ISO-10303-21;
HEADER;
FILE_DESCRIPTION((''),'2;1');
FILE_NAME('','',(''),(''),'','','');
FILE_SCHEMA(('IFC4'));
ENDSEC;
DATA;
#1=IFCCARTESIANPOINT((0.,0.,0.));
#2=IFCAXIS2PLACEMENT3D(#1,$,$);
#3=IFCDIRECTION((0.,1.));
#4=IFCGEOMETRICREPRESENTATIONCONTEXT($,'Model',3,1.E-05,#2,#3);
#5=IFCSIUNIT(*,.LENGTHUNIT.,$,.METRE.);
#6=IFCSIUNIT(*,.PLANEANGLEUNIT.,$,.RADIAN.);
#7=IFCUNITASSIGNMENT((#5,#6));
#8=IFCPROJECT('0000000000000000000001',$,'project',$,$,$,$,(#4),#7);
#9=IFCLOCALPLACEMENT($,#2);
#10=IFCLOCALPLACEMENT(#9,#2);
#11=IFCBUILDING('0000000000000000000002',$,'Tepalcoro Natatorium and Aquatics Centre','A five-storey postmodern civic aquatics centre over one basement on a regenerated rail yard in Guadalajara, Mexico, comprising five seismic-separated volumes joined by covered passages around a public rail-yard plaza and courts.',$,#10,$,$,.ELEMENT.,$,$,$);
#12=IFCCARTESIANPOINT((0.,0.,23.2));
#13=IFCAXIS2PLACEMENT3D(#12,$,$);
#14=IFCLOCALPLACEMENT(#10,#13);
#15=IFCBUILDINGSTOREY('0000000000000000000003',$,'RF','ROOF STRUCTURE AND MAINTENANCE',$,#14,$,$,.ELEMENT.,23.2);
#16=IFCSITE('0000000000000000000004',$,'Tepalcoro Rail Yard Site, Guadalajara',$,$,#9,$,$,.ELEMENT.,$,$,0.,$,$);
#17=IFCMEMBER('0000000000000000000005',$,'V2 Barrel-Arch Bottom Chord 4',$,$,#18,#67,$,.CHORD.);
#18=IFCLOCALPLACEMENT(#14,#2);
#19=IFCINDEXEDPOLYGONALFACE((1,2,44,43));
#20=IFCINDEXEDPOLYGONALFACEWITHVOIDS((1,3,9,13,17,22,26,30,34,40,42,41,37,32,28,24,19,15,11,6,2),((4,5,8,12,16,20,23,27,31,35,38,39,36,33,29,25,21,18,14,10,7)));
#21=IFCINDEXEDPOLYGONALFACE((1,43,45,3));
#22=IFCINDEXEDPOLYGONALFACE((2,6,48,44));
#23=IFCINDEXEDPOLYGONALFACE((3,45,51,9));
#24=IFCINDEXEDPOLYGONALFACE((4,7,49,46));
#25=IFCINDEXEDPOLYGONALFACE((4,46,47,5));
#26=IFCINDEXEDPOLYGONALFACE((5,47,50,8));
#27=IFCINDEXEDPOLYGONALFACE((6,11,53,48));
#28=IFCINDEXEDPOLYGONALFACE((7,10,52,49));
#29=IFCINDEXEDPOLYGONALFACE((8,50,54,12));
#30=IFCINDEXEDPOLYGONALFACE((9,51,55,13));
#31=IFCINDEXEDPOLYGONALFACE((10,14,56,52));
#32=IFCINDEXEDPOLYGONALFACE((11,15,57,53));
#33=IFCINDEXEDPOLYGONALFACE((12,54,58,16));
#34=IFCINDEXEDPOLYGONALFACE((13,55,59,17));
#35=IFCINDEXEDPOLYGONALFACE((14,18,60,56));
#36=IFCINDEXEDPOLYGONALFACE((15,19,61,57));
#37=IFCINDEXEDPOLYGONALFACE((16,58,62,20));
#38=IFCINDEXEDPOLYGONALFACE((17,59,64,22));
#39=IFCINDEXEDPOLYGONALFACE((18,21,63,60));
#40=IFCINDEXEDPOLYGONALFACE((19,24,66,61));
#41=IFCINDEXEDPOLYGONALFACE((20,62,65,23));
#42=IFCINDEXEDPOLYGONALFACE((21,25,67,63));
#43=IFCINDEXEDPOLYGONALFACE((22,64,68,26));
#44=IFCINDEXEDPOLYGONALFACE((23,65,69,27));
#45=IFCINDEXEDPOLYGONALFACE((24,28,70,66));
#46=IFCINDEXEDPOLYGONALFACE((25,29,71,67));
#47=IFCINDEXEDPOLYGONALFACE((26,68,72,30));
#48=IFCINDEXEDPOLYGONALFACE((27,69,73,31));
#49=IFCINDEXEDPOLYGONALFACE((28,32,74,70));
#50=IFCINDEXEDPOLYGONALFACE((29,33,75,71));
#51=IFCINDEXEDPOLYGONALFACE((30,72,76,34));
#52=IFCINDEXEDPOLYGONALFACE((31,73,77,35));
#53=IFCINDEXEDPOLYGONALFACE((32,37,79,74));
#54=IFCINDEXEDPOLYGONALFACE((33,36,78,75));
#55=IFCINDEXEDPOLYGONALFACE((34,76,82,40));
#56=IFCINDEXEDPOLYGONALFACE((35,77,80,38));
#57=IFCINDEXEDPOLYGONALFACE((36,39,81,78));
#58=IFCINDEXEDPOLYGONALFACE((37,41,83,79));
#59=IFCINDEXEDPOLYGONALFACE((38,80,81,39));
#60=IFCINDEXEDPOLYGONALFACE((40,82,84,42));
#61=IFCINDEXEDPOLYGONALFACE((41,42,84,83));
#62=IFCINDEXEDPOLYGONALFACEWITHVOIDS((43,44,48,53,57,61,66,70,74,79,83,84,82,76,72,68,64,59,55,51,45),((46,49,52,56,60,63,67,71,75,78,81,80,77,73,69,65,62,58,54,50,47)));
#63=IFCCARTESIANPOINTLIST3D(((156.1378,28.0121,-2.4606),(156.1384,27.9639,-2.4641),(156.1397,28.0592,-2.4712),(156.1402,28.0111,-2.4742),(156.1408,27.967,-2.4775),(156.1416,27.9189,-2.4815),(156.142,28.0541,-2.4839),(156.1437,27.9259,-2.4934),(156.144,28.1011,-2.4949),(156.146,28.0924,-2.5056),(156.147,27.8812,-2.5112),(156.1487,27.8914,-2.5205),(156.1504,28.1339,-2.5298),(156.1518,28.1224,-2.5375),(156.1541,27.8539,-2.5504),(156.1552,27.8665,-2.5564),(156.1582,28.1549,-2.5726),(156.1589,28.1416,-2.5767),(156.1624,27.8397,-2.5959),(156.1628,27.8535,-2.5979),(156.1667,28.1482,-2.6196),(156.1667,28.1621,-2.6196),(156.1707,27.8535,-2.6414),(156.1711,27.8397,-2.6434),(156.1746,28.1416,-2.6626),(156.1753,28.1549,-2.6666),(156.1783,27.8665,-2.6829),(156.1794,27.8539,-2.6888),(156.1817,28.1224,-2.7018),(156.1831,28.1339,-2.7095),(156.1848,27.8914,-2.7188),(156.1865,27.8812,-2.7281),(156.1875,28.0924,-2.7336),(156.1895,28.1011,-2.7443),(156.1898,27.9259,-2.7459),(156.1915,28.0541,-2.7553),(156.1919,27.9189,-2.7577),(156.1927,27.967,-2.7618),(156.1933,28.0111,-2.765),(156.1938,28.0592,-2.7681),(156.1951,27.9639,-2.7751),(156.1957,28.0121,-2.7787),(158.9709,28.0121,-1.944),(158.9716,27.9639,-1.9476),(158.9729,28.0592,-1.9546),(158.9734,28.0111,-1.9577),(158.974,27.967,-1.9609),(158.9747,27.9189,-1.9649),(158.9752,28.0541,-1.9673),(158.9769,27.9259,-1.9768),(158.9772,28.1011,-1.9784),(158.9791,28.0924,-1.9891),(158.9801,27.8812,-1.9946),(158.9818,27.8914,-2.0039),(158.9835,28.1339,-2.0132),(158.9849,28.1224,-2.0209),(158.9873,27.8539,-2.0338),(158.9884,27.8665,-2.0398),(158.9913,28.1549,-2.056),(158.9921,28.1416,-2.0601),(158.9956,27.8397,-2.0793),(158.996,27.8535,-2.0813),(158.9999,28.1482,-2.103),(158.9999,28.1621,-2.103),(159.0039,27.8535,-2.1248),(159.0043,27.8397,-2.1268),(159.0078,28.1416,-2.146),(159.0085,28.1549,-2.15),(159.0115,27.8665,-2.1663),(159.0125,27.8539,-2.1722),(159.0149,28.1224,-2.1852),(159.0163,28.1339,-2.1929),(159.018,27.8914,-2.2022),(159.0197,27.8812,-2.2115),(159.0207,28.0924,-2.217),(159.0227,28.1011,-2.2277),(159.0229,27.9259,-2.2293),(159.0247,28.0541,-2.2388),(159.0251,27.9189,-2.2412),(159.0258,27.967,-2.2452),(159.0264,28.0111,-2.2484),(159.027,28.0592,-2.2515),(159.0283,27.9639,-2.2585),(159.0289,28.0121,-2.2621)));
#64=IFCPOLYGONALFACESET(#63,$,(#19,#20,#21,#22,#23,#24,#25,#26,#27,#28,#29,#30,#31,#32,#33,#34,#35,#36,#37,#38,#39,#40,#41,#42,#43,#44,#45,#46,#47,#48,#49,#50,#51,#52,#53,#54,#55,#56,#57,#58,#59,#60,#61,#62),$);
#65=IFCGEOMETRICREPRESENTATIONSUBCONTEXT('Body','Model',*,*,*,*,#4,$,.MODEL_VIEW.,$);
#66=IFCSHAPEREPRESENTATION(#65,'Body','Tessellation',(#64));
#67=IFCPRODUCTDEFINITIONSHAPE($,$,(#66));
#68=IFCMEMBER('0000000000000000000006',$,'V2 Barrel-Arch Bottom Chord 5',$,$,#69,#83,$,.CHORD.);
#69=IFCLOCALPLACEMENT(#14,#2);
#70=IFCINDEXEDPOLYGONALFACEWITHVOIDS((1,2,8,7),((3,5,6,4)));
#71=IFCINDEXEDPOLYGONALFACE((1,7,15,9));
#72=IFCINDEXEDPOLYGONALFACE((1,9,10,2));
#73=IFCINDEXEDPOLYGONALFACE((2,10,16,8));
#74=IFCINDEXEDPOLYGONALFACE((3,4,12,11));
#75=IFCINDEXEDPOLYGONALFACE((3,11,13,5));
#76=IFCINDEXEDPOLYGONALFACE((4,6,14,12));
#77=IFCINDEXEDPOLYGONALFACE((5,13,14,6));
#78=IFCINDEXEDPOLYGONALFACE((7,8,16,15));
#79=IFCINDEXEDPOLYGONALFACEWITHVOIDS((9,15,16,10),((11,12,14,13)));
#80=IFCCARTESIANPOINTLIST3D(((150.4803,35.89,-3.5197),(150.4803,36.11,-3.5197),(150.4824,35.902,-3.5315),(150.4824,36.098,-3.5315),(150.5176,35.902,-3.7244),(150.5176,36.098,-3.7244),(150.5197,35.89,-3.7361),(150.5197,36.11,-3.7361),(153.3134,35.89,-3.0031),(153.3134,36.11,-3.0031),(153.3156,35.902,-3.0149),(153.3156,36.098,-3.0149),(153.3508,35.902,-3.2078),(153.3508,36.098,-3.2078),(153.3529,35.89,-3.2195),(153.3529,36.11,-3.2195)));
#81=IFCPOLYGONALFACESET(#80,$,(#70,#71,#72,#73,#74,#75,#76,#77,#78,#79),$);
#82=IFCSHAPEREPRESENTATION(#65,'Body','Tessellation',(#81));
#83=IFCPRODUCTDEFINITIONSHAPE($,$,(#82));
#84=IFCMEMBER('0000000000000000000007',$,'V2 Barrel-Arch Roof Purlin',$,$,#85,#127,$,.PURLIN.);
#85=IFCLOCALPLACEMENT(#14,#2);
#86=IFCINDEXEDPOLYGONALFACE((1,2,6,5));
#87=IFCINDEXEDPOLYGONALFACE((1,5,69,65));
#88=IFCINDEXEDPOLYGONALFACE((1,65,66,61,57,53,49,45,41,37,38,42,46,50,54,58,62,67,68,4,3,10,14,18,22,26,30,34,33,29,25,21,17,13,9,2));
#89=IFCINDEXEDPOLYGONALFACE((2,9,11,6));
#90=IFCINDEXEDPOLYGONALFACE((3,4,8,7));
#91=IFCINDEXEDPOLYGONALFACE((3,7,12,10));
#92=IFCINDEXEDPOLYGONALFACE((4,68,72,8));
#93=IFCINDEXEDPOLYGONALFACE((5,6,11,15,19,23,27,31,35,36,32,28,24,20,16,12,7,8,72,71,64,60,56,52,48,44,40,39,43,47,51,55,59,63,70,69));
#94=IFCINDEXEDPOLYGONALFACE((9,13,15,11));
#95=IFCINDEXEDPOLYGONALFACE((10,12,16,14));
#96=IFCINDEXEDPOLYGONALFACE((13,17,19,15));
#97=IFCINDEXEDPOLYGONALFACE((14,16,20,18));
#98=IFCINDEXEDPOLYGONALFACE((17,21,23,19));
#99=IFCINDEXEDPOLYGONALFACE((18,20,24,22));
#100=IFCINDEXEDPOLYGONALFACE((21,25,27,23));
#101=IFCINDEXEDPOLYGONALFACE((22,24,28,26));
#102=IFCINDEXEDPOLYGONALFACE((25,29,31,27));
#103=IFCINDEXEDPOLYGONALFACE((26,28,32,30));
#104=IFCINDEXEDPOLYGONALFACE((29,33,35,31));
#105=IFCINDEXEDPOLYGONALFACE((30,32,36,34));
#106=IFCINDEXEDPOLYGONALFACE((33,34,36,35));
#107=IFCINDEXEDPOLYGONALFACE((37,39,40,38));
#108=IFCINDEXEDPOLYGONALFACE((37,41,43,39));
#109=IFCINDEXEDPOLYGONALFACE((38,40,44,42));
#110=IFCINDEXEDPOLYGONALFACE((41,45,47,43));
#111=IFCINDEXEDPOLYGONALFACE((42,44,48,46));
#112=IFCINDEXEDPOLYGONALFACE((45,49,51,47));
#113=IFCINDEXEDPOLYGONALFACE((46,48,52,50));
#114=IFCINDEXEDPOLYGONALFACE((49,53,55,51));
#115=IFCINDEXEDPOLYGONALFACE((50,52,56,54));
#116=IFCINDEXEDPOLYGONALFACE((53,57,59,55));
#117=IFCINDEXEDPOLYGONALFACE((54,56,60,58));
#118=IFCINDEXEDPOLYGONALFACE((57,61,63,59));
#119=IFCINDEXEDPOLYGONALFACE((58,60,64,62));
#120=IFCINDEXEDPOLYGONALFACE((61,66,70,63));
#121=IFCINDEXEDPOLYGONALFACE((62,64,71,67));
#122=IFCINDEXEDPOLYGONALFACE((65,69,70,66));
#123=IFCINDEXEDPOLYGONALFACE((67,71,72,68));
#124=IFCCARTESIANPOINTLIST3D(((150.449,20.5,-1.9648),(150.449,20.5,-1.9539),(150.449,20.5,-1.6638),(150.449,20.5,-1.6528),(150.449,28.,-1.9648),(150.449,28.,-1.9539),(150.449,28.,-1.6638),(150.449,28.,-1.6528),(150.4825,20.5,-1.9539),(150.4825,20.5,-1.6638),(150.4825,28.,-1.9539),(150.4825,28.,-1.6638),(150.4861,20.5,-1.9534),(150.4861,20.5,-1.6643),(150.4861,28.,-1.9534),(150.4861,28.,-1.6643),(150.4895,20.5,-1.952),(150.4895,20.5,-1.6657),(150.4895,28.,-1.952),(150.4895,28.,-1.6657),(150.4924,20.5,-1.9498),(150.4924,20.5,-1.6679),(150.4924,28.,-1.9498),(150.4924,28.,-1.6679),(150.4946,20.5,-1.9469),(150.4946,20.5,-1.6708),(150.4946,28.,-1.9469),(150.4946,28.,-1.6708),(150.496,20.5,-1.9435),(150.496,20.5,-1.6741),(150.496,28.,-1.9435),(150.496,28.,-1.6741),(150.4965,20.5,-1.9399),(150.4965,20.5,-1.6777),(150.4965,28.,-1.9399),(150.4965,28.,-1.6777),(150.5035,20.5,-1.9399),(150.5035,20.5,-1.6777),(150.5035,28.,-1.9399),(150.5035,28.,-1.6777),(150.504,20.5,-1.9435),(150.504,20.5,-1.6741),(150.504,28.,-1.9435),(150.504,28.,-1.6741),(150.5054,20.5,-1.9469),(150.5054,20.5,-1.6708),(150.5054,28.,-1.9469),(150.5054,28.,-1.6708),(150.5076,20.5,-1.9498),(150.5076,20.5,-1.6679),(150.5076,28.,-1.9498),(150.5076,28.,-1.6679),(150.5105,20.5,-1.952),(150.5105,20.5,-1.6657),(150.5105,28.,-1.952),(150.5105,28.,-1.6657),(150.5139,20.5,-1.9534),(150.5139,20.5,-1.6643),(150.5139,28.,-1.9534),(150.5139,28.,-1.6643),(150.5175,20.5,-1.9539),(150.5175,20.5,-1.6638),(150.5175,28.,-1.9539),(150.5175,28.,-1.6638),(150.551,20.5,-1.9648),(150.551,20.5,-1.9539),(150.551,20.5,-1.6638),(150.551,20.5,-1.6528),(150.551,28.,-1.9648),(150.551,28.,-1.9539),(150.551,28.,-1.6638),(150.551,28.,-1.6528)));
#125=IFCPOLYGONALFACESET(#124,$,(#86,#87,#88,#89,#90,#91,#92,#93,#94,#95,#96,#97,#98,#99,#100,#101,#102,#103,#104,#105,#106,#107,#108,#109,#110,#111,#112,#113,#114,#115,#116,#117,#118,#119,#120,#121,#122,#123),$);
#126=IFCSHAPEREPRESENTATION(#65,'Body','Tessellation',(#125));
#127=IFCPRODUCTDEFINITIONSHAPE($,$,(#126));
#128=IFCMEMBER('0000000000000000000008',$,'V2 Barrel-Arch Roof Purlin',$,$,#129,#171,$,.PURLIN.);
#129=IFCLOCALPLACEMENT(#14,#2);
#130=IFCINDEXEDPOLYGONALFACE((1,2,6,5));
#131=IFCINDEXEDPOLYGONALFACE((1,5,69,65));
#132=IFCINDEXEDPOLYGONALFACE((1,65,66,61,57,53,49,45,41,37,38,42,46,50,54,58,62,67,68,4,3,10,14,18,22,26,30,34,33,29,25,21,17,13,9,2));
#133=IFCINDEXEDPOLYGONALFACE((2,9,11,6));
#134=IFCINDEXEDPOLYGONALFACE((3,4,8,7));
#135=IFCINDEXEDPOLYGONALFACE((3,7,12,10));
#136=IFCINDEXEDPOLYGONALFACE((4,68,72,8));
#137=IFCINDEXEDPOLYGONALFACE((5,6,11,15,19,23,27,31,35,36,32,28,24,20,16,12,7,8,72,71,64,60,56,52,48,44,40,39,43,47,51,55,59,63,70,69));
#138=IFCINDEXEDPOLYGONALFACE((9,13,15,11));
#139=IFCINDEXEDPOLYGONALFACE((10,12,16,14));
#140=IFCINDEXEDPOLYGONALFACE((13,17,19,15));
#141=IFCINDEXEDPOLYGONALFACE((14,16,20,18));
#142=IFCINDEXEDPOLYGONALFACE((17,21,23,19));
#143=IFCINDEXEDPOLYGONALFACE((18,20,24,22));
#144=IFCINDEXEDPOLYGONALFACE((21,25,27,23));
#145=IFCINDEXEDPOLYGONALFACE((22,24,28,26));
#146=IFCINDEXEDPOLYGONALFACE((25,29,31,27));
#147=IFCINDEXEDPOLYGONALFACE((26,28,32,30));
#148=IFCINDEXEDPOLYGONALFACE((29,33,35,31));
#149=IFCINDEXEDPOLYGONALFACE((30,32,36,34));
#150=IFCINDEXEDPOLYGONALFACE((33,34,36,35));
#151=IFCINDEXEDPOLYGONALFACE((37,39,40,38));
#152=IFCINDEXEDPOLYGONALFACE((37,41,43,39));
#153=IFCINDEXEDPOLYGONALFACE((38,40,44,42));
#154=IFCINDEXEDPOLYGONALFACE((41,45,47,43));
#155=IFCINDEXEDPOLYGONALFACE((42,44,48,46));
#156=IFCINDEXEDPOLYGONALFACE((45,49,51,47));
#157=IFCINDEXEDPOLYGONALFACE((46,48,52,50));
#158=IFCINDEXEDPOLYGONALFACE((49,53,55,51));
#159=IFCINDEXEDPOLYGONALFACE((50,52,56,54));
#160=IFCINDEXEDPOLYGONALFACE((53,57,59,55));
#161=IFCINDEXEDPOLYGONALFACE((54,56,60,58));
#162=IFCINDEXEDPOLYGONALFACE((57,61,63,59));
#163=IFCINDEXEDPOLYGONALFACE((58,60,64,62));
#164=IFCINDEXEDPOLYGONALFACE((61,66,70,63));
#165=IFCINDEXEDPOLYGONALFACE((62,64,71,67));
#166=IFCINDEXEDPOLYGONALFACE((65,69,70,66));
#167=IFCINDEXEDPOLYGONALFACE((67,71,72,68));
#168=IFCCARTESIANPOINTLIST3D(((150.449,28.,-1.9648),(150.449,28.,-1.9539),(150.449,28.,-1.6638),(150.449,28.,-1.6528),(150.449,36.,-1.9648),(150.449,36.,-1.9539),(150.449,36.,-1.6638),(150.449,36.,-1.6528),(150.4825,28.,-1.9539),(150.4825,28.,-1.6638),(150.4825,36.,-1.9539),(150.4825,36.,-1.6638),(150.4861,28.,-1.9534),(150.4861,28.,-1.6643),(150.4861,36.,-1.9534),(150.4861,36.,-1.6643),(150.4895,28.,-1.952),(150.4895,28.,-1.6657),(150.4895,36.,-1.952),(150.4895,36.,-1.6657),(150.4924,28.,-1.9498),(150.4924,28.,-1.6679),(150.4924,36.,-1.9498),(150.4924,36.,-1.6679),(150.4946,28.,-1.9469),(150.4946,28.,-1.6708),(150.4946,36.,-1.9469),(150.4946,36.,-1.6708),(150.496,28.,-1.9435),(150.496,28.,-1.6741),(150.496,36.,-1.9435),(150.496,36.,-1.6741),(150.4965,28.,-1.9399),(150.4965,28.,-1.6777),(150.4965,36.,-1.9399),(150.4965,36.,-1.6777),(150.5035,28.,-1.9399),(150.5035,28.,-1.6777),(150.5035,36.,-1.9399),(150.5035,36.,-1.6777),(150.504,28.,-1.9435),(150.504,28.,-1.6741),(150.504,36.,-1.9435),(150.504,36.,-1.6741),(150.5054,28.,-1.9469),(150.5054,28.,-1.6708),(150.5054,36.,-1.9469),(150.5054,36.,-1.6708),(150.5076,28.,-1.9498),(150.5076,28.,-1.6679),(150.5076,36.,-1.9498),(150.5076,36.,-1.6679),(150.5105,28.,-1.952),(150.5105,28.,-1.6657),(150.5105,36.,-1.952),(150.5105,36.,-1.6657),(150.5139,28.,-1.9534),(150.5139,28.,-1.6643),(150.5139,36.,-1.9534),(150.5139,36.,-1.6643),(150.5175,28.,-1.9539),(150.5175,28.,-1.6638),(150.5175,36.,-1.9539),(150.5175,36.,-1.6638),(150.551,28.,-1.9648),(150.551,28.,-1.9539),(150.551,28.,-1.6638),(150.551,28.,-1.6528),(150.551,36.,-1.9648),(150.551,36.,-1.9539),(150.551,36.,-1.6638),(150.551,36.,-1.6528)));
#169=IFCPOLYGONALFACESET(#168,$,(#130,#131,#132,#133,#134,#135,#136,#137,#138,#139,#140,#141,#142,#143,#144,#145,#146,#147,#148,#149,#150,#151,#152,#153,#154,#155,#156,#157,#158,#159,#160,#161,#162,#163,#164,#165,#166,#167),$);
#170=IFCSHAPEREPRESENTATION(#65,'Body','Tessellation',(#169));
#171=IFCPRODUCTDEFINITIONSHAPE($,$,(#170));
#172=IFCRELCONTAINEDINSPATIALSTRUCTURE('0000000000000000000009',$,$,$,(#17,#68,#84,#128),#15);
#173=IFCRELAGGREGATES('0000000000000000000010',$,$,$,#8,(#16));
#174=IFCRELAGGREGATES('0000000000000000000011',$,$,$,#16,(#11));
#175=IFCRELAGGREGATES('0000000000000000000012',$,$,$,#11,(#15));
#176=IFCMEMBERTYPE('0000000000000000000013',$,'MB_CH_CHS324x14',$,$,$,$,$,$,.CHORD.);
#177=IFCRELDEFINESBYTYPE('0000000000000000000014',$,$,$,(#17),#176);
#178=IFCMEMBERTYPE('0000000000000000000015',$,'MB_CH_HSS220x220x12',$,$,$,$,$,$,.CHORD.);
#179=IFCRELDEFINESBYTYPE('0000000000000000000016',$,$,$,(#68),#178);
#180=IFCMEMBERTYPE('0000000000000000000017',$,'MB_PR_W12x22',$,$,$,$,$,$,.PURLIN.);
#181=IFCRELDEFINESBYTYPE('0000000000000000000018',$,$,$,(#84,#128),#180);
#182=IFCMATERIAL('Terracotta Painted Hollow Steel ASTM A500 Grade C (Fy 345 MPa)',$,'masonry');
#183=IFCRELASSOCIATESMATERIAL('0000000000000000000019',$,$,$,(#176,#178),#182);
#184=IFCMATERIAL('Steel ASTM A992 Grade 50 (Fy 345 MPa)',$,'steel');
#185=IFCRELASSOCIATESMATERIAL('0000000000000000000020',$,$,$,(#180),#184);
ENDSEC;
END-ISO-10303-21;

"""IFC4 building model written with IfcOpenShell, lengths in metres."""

from ifc_helpers import new_model, si_unit, direction, frame, origin, origin_2d, place, context, subcontext, project, spatial, hollow_rectangle, hollow_circle, i_section, extrude, material, material_profile, profile_set, type_object, element, save


model = new_model("IFC4")

# Units and contexts
model_context = context("Model", 3, precision=1e-05, world=origin(), true_north=direction((0.0, 1.0)))
body_context = subcontext(model_context, "Body", "Model", "MODEL_VIEW")
ifc_project = project(units=[si_unit("LENGTHUNIT", "METRE"), si_unit("PLANEANGLEUNIT", "RADIAN")], contexts=[model_context])

# Site, building, storey
site_placement = place(None, origin())
site = spatial("IfcSite", under=ifc_project, at=site_placement, Name="Tepalcoro Rail Yard Site, Guadalajara", CompositionType="ELEMENT", RefElevation=0.0)
building_placement = place(site_placement, origin())
building = spatial("IfcBuilding", under=site, at=building_placement, Name="Tepalcoro Natatorium and Aquatics Centre", Description="A five-storey postmodern civic aquatics centre over one basement on a regenerated rail yard in Guadalajara, Mexico, comprising five seismic-separated volumes joined by covered passages around a public rail-yard plaza and courts.", CompositionType="ELEMENT")
storey_placement = place(building_placement, frame((0.0, 0.0, 23.2)))
storey = spatial("IfcBuildingStorey", under=building, at=storey_placement, Name="RF", Description="ROOF STRUCTURE AND MAINTENANCE", CompositionType="ELEMENT", Elevation=23.2)

# Shared definitions
ifc_material_1 = material(Name="Terracotta Painted Hollow Steel ASTM A500 Grade C (Fy 345 MPa)", Category="masonry")

# Members
ifc_material_profile_1 = material_profile(ifc_material_1, hollow_circle(Radius=0.1621, WallThickness=0.0139, at=origin_2d()), Name="CHS324X14")
ifc_profile_set_1 = profile_set([ifc_material_profile_1], Name="Terracotta Painted Hollow Steel ASTM A500 Grade C (Fy 345 MPa)")
member_type_1 = type_object("IfcMemberType", Name="MB_CH_CHS324x14", PredefinedType="CHORD", material=ifc_profile_set_1)
member_1_placement = place(storey_placement, frame((156.1667, 28.0, -2.6196), z_axis=(0.98378, 0.0, 0.179378), x_axis=(0.0, 1.0, 0.0)))
element("IfcMember", 1, at=member_1_placement, inside=storey, type_object=member_type_1, Name="V2 Barrel-Arch Bottom Chord 4", PredefinedType="CHORD", context=body_context, shape_type="SweptSolid", body=[
    extrude(hollow_circle(Radius=0.1621, WallThickness=0.0139, at=origin_2d()), origin(), (0.0, 0.0, 1.0), 2.8799),
])
ifc_material_profile_2 = material_profile(ifc_material_1, hollow_rectangle(XDim=0.22, YDim=0.22, WallThickness=0.012, at=origin_2d()), Name="HSS220X220X12")
ifc_profile_set_2 = profile_set([ifc_material_profile_2], Name="Terracotta Painted Hollow Steel ASTM A500 Grade C (Fy 345 MPa)")
member_type_2 = type_object("IfcMemberType", Name="MB_CH_HSS220x220x12", PredefinedType="CHORD", material=ifc_profile_set_2)
member_2_placement = place(storey_placement, frame((150.5, 36.0, -3.6279), z_axis=(0.98378, 0.0, 0.179378), x_axis=(0.0, 1.0, 0.0)))
element("IfcMember", 2, at=member_2_placement, inside=storey, type_object=member_type_2, Name="V2 Barrel-Arch Bottom Chord 5", PredefinedType="CHORD", context=body_context, shape_type="SweptSolid", body=[
    extrude(hollow_rectangle(XDim=0.22, YDim=0.22, WallThickness=0.012, at=origin_2d()), origin(), (0.0, 0.0, 1.0), 2.8799),
])
ifc_material_2 = material(Name="Steel ASTM A992 Grade 50 (Fy 345 MPa)", Category="steel")
ifc_material_profile_3 = material_profile(ifc_material_2, i_section(OverallWidth=0.1021, OverallDepth=0.312, WebThickness=0.0071, FlangeThickness=0.011, FilletRadius=0.0139, at=origin_2d()), Name="W12X22")
ifc_profile_set_3 = profile_set([ifc_material_profile_3], Name="Steel ASTM A992 Grade 50 (Fy 345 MPa)")
member_type_3 = type_object("IfcMemberType", Name="MB_PR_W12x22", PredefinedType="PURLIN", material=ifc_profile_set_3)
member_3_placement = place(storey_placement, frame((150.5, 20.5, -1.8088), z_axis=(0.0, 1.0, 0.0), x_axis=(-1.0, 0.0, 0.0)))
element("IfcMember", 3, at=member_3_placement, inside=storey, type_object=member_type_3, Name="V2 Barrel-Arch Roof Purlin", PredefinedType="PURLIN", context=body_context, shape_type="SweptSolid", body=[
    extrude(i_section(OverallWidth=0.1021, OverallDepth=0.312, WebThickness=0.0071, FlangeThickness=0.011, FilletRadius=0.0139, at=origin_2d()), origin(), (0.0, 0.0, 1.0), 7.5),
])
member_4_placement = place(storey_placement, frame((150.5, 28.0, -1.8088), z_axis=(0.0, 1.0, 0.0), x_axis=(-1.0, 0.0, 0.0)))
element("IfcMember", 4, at=member_4_placement, inside=storey, type_object=member_type_3, Name="V2 Barrel-Arch Roof Purlin", PredefinedType="PURLIN", context=body_context, shape_type="SweptSolid", body=[
    extrude(i_section(OverallWidth=0.1021, OverallDepth=0.312, WebThickness=0.0071, FlangeThickness=0.011, FilletRadius=0.0139, at=origin_2d()), origin(), (0.0, 0.0, 1.0), 8.0),
])

save(model, "model.ifc")
